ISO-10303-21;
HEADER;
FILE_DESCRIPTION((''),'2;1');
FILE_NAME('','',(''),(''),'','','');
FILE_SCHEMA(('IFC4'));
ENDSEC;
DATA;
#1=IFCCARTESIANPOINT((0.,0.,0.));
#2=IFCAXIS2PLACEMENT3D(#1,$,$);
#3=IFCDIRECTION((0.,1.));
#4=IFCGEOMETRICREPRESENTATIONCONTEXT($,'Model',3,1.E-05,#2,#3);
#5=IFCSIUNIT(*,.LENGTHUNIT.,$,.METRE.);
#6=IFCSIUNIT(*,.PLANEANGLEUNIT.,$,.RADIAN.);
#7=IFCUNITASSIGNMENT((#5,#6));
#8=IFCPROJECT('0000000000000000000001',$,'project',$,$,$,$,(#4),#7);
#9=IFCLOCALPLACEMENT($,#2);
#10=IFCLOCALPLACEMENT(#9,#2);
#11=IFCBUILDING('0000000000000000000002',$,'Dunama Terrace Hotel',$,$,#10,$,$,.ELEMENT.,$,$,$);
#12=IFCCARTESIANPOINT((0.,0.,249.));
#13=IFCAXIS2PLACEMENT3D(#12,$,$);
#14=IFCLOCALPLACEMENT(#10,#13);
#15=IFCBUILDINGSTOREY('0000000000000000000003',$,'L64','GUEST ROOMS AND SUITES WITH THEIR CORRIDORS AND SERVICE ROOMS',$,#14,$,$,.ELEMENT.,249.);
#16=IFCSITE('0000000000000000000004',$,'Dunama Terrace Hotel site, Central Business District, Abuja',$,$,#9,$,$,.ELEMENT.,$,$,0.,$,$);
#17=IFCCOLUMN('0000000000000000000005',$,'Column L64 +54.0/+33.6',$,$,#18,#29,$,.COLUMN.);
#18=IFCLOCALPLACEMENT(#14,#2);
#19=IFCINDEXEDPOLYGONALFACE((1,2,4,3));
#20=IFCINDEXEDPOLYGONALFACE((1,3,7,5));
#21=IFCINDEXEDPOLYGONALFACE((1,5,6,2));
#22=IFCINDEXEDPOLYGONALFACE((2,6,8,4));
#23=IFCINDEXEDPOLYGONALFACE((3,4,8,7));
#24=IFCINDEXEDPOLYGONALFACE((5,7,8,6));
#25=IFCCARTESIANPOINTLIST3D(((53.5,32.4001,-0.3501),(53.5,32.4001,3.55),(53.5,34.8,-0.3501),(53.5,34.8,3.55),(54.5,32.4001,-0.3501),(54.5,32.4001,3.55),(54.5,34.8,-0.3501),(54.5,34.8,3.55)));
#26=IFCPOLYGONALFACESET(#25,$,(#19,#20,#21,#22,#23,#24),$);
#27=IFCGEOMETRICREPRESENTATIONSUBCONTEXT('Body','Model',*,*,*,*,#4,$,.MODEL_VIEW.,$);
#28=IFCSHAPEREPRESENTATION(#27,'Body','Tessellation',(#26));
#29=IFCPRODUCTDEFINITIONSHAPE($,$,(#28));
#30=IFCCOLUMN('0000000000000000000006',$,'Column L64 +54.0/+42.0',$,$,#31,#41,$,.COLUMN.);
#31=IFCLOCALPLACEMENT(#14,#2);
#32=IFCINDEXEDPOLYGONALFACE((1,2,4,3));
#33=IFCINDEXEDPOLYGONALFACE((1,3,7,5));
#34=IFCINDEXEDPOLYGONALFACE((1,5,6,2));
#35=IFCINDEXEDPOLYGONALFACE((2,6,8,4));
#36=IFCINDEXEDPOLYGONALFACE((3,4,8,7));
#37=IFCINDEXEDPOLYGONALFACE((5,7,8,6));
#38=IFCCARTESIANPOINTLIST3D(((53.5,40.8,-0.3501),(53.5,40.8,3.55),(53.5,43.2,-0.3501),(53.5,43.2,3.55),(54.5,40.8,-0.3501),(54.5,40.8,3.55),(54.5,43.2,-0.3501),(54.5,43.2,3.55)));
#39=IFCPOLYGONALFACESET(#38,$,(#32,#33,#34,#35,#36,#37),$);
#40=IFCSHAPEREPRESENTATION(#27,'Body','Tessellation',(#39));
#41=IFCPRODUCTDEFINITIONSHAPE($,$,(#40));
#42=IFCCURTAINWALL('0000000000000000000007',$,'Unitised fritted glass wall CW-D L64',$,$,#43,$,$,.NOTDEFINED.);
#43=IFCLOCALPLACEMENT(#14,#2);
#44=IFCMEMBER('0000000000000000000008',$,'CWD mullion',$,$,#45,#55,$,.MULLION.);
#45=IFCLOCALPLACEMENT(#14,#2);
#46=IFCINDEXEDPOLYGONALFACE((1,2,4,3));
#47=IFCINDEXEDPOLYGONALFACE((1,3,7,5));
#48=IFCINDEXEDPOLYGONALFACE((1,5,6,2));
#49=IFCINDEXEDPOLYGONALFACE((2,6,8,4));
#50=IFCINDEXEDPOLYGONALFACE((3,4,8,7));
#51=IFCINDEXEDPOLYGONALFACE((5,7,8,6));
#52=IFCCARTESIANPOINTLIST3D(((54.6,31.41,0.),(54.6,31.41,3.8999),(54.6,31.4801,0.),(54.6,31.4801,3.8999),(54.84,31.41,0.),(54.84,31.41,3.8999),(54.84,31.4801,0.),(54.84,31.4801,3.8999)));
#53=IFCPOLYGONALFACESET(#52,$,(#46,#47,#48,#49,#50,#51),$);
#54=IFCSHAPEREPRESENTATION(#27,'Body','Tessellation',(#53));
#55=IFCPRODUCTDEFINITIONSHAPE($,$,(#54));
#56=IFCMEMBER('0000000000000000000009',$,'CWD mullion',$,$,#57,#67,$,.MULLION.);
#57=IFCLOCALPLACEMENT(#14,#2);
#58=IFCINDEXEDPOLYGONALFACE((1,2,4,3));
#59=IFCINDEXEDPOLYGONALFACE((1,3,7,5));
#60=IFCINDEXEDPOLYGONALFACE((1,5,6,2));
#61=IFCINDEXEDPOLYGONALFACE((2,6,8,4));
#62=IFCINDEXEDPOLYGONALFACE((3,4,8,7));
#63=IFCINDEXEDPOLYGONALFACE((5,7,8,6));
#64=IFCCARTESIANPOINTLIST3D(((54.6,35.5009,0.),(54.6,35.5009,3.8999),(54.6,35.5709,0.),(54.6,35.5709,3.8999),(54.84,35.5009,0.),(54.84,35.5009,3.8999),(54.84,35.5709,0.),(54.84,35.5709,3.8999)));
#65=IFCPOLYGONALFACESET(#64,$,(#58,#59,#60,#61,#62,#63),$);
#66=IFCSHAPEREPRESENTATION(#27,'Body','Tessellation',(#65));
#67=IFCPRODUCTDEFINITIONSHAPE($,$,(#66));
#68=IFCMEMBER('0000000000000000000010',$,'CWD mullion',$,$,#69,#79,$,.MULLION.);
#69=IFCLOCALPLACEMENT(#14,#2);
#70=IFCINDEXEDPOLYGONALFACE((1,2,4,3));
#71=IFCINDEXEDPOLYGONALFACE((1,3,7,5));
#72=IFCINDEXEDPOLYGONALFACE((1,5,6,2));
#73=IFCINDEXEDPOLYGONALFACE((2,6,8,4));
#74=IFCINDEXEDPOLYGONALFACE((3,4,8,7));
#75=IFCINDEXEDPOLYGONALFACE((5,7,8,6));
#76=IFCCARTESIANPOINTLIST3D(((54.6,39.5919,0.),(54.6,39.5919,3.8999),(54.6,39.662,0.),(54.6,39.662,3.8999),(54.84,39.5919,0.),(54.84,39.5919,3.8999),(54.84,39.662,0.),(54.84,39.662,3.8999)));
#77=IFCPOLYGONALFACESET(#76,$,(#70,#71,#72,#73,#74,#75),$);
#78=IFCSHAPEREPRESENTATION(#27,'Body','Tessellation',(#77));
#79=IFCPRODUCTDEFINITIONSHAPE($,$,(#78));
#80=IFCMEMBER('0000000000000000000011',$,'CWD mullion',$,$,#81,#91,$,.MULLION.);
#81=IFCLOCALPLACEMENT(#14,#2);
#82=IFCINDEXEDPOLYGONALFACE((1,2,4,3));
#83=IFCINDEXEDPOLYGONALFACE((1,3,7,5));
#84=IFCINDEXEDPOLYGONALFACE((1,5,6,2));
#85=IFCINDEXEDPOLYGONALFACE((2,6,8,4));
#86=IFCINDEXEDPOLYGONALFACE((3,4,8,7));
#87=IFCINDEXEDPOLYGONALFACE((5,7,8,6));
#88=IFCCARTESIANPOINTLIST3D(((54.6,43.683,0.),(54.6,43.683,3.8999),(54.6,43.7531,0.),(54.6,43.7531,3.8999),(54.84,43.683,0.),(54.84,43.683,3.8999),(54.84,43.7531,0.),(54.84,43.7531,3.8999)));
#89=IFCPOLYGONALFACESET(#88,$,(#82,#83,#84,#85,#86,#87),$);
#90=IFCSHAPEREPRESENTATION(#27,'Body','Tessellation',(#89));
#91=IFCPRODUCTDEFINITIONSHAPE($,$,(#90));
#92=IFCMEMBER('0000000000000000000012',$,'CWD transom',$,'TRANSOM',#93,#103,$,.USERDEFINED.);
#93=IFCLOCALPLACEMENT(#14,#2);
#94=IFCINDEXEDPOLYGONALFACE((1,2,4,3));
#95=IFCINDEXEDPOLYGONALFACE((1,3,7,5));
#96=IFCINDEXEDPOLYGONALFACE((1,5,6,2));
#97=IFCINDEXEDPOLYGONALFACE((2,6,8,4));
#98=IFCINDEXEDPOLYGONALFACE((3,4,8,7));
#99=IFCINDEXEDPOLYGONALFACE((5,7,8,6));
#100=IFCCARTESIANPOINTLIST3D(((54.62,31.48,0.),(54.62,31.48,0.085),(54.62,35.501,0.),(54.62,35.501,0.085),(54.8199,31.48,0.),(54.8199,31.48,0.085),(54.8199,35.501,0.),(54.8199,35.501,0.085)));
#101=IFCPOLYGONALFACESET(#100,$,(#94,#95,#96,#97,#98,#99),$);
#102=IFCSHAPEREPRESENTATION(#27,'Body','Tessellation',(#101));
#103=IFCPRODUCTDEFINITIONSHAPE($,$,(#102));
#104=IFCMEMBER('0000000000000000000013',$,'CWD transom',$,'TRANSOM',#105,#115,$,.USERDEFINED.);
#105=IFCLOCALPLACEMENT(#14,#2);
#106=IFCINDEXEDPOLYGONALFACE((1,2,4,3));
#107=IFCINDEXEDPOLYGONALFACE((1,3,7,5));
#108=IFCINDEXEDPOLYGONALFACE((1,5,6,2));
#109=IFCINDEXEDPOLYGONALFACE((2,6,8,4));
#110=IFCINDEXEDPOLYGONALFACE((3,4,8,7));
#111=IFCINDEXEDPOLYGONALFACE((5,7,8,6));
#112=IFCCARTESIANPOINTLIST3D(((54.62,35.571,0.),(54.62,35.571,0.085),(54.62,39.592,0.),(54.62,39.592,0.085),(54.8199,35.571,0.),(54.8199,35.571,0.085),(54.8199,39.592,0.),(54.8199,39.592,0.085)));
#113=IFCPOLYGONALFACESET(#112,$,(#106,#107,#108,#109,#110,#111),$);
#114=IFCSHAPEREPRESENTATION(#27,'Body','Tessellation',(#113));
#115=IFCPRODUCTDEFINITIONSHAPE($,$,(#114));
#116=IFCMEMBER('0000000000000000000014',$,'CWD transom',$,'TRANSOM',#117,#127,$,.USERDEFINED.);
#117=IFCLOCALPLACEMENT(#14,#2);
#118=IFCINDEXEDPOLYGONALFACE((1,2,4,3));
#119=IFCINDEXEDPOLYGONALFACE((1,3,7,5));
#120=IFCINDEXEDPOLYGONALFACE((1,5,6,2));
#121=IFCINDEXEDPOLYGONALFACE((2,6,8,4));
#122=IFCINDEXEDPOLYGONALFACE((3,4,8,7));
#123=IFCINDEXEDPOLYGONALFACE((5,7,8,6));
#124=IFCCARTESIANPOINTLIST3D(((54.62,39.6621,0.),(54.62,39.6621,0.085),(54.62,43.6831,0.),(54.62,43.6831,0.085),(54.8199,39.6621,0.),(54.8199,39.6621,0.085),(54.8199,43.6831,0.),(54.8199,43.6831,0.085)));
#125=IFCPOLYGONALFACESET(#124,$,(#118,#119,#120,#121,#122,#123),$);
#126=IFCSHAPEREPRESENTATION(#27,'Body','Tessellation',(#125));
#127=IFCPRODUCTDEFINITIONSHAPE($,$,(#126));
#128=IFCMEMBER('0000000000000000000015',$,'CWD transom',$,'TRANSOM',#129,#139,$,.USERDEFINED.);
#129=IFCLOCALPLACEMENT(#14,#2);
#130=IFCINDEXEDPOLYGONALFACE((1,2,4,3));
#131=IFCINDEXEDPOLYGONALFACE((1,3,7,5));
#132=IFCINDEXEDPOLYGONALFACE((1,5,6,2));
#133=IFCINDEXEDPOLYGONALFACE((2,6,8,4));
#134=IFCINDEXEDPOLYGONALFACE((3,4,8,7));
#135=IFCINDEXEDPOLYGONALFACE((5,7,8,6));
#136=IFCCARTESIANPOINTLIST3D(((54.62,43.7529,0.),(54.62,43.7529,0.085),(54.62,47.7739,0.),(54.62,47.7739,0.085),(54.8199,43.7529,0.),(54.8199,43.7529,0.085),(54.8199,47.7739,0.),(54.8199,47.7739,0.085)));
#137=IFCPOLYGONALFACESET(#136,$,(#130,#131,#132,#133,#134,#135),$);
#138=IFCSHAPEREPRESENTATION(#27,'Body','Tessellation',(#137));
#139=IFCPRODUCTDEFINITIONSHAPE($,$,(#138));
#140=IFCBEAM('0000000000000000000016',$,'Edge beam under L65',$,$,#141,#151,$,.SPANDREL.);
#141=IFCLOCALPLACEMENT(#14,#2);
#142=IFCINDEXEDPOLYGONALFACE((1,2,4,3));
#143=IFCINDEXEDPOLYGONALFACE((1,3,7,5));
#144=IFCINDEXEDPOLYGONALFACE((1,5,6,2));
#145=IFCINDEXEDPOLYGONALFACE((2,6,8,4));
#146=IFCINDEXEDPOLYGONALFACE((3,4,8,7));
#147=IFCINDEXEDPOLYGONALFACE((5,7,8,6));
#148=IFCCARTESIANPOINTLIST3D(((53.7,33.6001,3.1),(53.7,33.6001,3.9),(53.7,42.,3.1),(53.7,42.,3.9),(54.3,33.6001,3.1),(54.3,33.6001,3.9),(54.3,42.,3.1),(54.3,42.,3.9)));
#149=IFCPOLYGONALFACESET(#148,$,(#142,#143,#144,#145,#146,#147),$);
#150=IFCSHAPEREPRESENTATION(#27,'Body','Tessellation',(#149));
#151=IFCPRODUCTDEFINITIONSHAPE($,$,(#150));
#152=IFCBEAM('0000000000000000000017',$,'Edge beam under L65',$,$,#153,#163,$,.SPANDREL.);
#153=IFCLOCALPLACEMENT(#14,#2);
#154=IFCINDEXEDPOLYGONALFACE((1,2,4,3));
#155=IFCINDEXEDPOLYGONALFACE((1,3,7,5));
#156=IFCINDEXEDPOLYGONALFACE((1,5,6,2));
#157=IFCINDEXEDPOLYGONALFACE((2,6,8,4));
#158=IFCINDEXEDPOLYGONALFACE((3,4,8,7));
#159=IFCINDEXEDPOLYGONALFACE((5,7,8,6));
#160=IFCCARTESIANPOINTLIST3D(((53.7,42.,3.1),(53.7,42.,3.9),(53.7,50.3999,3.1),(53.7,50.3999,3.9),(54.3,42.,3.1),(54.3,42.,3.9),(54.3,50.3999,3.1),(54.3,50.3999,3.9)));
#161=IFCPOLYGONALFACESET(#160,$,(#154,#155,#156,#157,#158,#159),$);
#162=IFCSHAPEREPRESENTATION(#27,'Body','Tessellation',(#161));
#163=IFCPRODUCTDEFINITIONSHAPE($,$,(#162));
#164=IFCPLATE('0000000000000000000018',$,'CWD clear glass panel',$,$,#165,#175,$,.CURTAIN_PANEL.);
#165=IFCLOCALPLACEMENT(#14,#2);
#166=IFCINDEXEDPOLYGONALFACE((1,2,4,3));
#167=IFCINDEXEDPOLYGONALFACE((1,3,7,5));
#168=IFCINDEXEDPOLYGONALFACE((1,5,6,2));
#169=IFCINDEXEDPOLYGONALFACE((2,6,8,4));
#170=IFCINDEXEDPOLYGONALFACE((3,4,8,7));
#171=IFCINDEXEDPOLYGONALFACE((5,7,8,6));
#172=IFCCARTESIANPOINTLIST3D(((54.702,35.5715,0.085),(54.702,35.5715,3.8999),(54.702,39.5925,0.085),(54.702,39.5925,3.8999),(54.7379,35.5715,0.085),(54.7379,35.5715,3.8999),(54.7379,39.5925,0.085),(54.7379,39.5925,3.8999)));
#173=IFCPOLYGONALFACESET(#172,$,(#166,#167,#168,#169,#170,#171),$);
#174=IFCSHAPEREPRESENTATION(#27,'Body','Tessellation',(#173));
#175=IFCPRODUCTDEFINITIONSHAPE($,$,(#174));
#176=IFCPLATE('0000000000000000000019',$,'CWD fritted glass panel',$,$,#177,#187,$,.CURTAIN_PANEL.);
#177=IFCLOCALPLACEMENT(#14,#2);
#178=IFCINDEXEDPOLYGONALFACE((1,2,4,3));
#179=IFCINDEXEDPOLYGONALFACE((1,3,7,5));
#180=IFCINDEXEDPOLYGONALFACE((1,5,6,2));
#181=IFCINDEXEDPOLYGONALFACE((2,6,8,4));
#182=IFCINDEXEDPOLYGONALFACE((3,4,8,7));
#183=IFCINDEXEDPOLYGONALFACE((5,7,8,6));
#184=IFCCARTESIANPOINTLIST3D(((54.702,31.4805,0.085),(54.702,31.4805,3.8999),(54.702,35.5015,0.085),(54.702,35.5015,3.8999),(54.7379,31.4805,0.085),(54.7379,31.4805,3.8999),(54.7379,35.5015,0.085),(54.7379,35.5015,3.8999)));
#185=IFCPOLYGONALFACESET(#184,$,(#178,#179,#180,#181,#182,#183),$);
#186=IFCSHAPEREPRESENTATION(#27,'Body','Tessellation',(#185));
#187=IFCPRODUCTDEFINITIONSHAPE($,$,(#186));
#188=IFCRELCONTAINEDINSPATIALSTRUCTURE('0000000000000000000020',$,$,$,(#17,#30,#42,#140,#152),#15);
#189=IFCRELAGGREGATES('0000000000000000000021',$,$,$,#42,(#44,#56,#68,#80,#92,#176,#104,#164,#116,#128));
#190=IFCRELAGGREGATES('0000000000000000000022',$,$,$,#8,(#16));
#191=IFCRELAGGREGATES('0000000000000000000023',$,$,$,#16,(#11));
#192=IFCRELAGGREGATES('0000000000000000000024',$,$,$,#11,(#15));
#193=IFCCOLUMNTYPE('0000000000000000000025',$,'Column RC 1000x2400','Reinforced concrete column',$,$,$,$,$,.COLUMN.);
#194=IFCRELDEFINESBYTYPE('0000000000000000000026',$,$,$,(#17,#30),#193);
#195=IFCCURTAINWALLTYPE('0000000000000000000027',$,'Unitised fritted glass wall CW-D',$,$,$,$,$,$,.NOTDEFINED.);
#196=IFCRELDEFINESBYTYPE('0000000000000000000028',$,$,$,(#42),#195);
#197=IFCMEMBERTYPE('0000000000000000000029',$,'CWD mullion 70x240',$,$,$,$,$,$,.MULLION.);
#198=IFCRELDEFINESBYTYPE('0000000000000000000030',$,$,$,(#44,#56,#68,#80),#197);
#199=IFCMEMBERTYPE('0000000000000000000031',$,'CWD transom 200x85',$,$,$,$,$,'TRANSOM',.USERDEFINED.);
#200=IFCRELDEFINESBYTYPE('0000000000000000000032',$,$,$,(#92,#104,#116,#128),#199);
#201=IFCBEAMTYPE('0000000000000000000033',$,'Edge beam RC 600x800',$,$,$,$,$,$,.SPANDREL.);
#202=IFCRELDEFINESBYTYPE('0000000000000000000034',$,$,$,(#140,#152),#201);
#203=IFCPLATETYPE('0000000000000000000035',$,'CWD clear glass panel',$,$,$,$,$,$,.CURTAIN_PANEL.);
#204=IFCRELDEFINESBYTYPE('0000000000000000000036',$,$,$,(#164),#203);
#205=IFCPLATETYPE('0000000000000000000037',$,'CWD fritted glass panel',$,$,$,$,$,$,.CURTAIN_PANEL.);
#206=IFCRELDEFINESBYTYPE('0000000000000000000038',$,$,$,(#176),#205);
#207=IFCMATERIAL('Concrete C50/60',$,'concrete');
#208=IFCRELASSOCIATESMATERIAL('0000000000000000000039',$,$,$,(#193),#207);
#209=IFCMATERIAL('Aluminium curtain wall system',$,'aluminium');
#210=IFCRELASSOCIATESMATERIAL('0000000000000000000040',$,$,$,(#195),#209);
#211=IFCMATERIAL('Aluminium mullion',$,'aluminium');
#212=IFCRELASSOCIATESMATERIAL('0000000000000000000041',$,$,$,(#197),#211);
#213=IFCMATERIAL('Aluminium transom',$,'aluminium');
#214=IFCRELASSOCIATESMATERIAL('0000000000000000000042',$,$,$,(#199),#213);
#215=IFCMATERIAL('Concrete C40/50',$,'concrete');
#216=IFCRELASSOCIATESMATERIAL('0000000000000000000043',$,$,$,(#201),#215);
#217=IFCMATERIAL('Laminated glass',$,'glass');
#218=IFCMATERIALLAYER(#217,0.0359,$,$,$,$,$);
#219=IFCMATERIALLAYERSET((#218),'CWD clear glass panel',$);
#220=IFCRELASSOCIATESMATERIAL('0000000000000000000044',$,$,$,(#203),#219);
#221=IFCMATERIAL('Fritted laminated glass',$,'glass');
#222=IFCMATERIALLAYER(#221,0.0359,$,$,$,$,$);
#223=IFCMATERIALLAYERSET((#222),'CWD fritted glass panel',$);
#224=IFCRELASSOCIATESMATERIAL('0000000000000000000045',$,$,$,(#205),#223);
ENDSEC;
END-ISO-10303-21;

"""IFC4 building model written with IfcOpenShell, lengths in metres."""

from ifc_helpers import new_model, si_unit, direction, frame, origin, origin_2d, place, context, subcontext, project, spatial, rectangle, extrude, material, layer, layer_set, material_profile, profile_set, type_object, element, aggregate, save


model = new_model("IFC4")

# Units and contexts
model_context = context("Model", 3, precision=1e-05, world=origin(), true_north=direction((0.0, 1.0)))
body_context = subcontext(model_context, "Body", "Model", "MODEL_VIEW")
ifc_project = project(units=[si_unit("LENGTHUNIT", "METRE"), si_unit("PLANEANGLEUNIT", "RADIAN")], contexts=[model_context])

# Site, building, storey
site_placement = place(None, origin())
site = spatial("IfcSite", under=ifc_project, at=site_placement, Name="Dunama Terrace Hotel site, Central Business District, Abuja", CompositionType="ELEMENT", RefElevation=0.0)
building_placement = place(site_placement, origin())
building = spatial("IfcBuilding", under=site, at=building_placement, Name="Dunama Terrace Hotel", CompositionType="ELEMENT")
storey_placement = place(building_placement, frame((0.0, 0.0, 249.0)))
storey = spatial("IfcBuildingStorey", under=building, at=storey_placement, Name="L64", Description="GUEST ROOMS AND SUITES WITH THEIR CORRIDORS AND SERVICE ROOMS", CompositionType="ELEMENT", Elevation=249.0)

# Columns
ifc_material_1 = material(Name="Concrete C50/60", Category="concrete")
ifc_material_profile_1 = material_profile(ifc_material_1, rectangle(XDim=1.0, YDim=2.3999, at=origin_2d()), Name="RC 1000x2400")
ifc_profile_set_1 = profile_set([ifc_material_profile_1], Name="Concrete C50/60")
column_type = type_object("IfcColumnType", Name="Column RC 1000x2400", Description="Reinforced concrete column", PredefinedType="COLUMN", material=ifc_profile_set_1)
for number, where, z_axis, x_axis, name in (
    (1, (54.0, 33.6001, -0.3501), (0.0, 0.0, 1.0), (1.0, 0.0, 0.0), "Column L64 +54.0/+33.6"),
    (2, (54.0, 42.0, -0.3501), (0.0, 0.0, 1.0), (1.0, 0.0, 0.0), "Column L64 +54.0/+42.0"),
):
    element("IfcColumn", number, at=place(storey_placement, frame(where, z_axis=z_axis, x_axis=x_axis)), inside=storey, type_object=column_type, Name=name, PredefinedType="COLUMN", context=body_context, shape_type="SweptSolid", body=[
        extrude(rectangle(XDim=1.0, YDim=2.3999, at=origin_2d()), origin(), (0.0, 0.0, 1.0), 3.9001),
    ])

# Curtain wall, members
ifc_material_2 = material(Name="Aluminium curtain wall system", Category="aluminium")
curtain_wall_type = type_object("IfcCurtainWallType", Name="Unitised fritted glass wall CW-D", PredefinedType="NOTDEFINED", material=ifc_material_2)
curtain_wall_placement = place(storey_placement, origin())
curtain_wall = element("IfcCurtainWall", 3, at=curtain_wall_placement, inside=storey, type_object=curtain_wall_type, Name="Unitised fritted glass wall CW-D L64", PredefinedType="NOTDEFINED")
ifc_material_3 = material(Name="Aluminium mullion", Category="aluminium")
ifc_material_profile_2 = material_profile(ifc_material_3, rectangle(XDim=0.0701, YDim=0.24, at=origin_2d()), Name="CWD MULLION 70X240")
ifc_profile_set_2 = profile_set([ifc_material_profile_2], Name="Aluminium mullion")
member_type_1 = type_object("IfcMemberType", Name="CWD mullion 70x240", PredefinedType="MULLION", material=ifc_profile_set_2)
member_1_placement = place(storey_placement, frame((54.72, 31.4451, 0.0), z_axis=(0.0, 0.0, 1.0), x_axis=(0.0, 1.0, 0.0)))
member_1 = element("IfcMember", 4, at=member_1_placement, type_object=member_type_1, Name="CWD mullion", PredefinedType="MULLION", context=body_context, shape_type="SweptSolid", body=[
    extrude(rectangle(XDim=0.0701, YDim=0.24, at=origin_2d()), origin(), (0.0, 0.0, 1.0), 3.8999),
])
member_2_placement = place(storey_placement, frame((54.72, 35.5359, 0.0), z_axis=(0.0, 0.0, 1.0), x_axis=(0.0, 1.0, 0.0)))
member_2 = element("IfcMember", 5, at=member_2_placement, type_object=member_type_1, Name="CWD mullion", PredefinedType="MULLION", context=body_context, shape_type="SweptSolid", body=[
    extrude(rectangle(XDim=0.0701, YDim=0.24, at=origin_2d()), origin(), (0.0, 0.0, 1.0), 3.8999),
])
member_3_placement = place(storey_placement, frame((54.72, 39.627, 0.0), z_axis=(0.0, 0.0, 1.0), x_axis=(0.0, 1.0, 0.0)))
member_3 = element("IfcMember", 6, at=member_3_placement, type_object=member_type_1, Name="CWD mullion", PredefinedType="MULLION", context=body_context, shape_type="SweptSolid", body=[
    extrude(rectangle(XDim=0.0701, YDim=0.24, at=origin_2d()), origin(), (0.0, 0.0, 1.0), 3.8999),
])
member_4_placement = place(storey_placement, frame((54.72, 43.718, 0.0), z_axis=(0.0, 0.0, 1.0), x_axis=(0.0, 1.0, 0.0)))
member_4 = element("IfcMember", 7, at=member_4_placement, type_object=member_type_1, Name="CWD mullion", PredefinedType="MULLION", context=body_context, shape_type="SweptSolid", body=[
    extrude(rectangle(XDim=0.0701, YDim=0.24, at=origin_2d()), origin(), (0.0, 0.0, 1.0), 3.8999),
])
ifc_material_4 = material(Name="Aluminium transom", Category="aluminium")
ifc_material_profile_3 = material_profile(ifc_material_4, rectangle(XDim=0.2, YDim=0.085, at=origin_2d()), Name="CWD TRANSOM 200X85")
ifc_profile_set_3 = profile_set([ifc_material_profile_3], Name="Aluminium transom")
member_type_2 = type_object("IfcMemberType", Name="CWD transom 200x85", ElementType="TRANSOM", PredefinedType="USERDEFINED", material=ifc_profile_set_3)
member_5_placement = place(storey_placement, frame((54.72, 31.48, 0.0425), z_axis=(0.0, 1.0, 0.0), x_axis=(-1.0, 0.0, 0.0)))
member_5 = element("IfcMember", 8, at=member_5_placement, type_object=member_type_2, Name="CWD transom", ObjectType="TRANSOM", PredefinedType="USERDEFINED", context=body_context, shape_type="SweptSolid", body=[
    extrude(rectangle(XDim=0.2, YDim=0.085, at=origin_2d()), origin(), (0.0, 0.0, 1.0), 4.021),
])
member_6_placement = place(storey_placement, frame((54.72, 35.571, 0.0425), z_axis=(0.0, 1.0, 0.0), x_axis=(-1.0, 0.0, 0.0)))
member_6 = element("IfcMember", 9, at=member_6_placement, type_object=member_type_2, Name="CWD transom", ObjectType="TRANSOM", PredefinedType="USERDEFINED", context=body_context, shape_type="SweptSolid", body=[
    extrude(rectangle(XDim=0.2, YDim=0.085, at=origin_2d()), origin(), (0.0, 0.0, 1.0), 4.021),
])
member_7_placement = place(storey_placement, frame((54.72, 39.6621, 0.0425), z_axis=(0.0, 1.0, 0.0), x_axis=(-1.0, 0.0, 0.0)))
member_7 = element("IfcMember", 10, at=member_7_placement, type_object=member_type_2, Name="CWD transom", ObjectType="TRANSOM", PredefinedType="USERDEFINED", context=body_context, shape_type="SweptSolid", body=[
    extrude(rectangle(XDim=0.2, YDim=0.085, at=origin_2d()), origin(), (0.0, 0.0, 1.0), 4.021),
])
member_8_placement = place(storey_placement, frame((54.72, 43.7529, 0.0425), z_axis=(0.0, 1.0, 0.0), x_axis=(-1.0, 0.0, 0.0)))
member_8 = element("IfcMember", 11, at=member_8_placement, type_object=member_type_2, Name="CWD transom", ObjectType="TRANSOM", PredefinedType="USERDEFINED", context=body_context, shape_type="SweptSolid", body=[
    extrude(rectangle(XDim=0.2, YDim=0.085, at=origin_2d()), origin(), (0.0, 0.0, 1.0), 4.021),
])

# Beams
ifc_material_5 = material(Name="Concrete C40/50", Category="concrete")
ifc_material_profile_4 = material_profile(ifc_material_5, rectangle(XDim=0.6001, YDim=0.8, at=origin_2d()), Name="RC 600x800")
ifc_profile_set_4 = profile_set([ifc_material_profile_4], Name="Concrete C40/50")
beam_type = type_object("IfcBeamType", Name="Edge beam RC 600x800", PredefinedType="SPANDREL", material=ifc_profile_set_4)
for number, where, z_axis, x_axis, name in (
    (12, (54.0, 33.6001, 3.5), (0.0, 1.0, 0.0), (-1.0, 0.0, 0.0), "Edge beam under L65"),
    (13, (54.0, 42.0, 3.5), (0.0, 1.0, 0.0), (-1.0, 0.0, 0.0), "Edge beam under L65"),
):
    element("IfcBeam", number, at=place(storey_placement, frame(where, z_axis=z_axis, x_axis=x_axis)), inside=storey, type_object=beam_type, Name=name, PredefinedType="SPANDREL", context=body_context, shape_type="SweptSolid", body=[
        extrude(rectangle(XDim=0.6001, YDim=0.8, at=origin_2d()), origin(), (0.0, 0.0, 1.0), 8.3999),
    ])

# Plates
ifc_material_6 = material(Name="Laminated glass", Category="glass")
ifc_layer_1 = layer(ifc_material_6, 0.0359)
ifc_layer_set_1 = layer_set([ifc_layer_1], Name="CWD clear glass panel")
plate_type_1 = type_object("IfcPlateType", Name="CWD clear glass panel", PredefinedType="CURTAIN_PANEL", material=ifc_layer_set_1)
plate_1_placement = place(storey_placement, frame((54.72, 37.582, 0.085), z_axis=(0.0, 0.0, 1.0), x_axis=(0.0, 1.0, 0.0)))
plate_1 = element("IfcPlate", 14, at=plate_1_placement, type_object=plate_type_1, Name="CWD clear glass panel", PredefinedType="CURTAIN_PANEL", context=body_context, shape_type="SweptSolid", body=[
    extrude(rectangle(XDim=4.021, YDim=0.0359, at=origin_2d()), origin(), (0.0, 0.0, 1.0), 3.8149),
])
ifc_material_7 = material(Name="Fritted laminated glass", Category="glass")
ifc_layer_2 = layer(ifc_material_7, 0.0359)
ifc_layer_set_2 = layer_set([ifc_layer_2], Name="CWD fritted glass panel")
plate_type_2 = type_object("IfcPlateType", Name="CWD fritted glass panel", PredefinedType="CURTAIN_PANEL", material=ifc_layer_set_2)
plate_2_placement = place(storey_placement, frame((54.72, 33.491, 0.085), z_axis=(0.0, 0.0, 1.0), x_axis=(0.0, 1.0, 0.0)))
plate_2 = element("IfcPlate", 15, at=plate_2_placement, type_object=plate_type_2, Name="CWD fritted glass panel", PredefinedType="CURTAIN_PANEL", context=body_context, shape_type="SweptSolid", body=[
    extrude(rectangle(XDim=4.021, YDim=0.0359, at=origin_2d()), origin(), (0.0, 0.0, 1.0), 3.8149),
])
aggregate(curtain_wall, [member_1, member_2, member_3, member_4, member_5, plate_2, member_6, plate_1, member_7, member_8])

save(model, "model.ifc")
